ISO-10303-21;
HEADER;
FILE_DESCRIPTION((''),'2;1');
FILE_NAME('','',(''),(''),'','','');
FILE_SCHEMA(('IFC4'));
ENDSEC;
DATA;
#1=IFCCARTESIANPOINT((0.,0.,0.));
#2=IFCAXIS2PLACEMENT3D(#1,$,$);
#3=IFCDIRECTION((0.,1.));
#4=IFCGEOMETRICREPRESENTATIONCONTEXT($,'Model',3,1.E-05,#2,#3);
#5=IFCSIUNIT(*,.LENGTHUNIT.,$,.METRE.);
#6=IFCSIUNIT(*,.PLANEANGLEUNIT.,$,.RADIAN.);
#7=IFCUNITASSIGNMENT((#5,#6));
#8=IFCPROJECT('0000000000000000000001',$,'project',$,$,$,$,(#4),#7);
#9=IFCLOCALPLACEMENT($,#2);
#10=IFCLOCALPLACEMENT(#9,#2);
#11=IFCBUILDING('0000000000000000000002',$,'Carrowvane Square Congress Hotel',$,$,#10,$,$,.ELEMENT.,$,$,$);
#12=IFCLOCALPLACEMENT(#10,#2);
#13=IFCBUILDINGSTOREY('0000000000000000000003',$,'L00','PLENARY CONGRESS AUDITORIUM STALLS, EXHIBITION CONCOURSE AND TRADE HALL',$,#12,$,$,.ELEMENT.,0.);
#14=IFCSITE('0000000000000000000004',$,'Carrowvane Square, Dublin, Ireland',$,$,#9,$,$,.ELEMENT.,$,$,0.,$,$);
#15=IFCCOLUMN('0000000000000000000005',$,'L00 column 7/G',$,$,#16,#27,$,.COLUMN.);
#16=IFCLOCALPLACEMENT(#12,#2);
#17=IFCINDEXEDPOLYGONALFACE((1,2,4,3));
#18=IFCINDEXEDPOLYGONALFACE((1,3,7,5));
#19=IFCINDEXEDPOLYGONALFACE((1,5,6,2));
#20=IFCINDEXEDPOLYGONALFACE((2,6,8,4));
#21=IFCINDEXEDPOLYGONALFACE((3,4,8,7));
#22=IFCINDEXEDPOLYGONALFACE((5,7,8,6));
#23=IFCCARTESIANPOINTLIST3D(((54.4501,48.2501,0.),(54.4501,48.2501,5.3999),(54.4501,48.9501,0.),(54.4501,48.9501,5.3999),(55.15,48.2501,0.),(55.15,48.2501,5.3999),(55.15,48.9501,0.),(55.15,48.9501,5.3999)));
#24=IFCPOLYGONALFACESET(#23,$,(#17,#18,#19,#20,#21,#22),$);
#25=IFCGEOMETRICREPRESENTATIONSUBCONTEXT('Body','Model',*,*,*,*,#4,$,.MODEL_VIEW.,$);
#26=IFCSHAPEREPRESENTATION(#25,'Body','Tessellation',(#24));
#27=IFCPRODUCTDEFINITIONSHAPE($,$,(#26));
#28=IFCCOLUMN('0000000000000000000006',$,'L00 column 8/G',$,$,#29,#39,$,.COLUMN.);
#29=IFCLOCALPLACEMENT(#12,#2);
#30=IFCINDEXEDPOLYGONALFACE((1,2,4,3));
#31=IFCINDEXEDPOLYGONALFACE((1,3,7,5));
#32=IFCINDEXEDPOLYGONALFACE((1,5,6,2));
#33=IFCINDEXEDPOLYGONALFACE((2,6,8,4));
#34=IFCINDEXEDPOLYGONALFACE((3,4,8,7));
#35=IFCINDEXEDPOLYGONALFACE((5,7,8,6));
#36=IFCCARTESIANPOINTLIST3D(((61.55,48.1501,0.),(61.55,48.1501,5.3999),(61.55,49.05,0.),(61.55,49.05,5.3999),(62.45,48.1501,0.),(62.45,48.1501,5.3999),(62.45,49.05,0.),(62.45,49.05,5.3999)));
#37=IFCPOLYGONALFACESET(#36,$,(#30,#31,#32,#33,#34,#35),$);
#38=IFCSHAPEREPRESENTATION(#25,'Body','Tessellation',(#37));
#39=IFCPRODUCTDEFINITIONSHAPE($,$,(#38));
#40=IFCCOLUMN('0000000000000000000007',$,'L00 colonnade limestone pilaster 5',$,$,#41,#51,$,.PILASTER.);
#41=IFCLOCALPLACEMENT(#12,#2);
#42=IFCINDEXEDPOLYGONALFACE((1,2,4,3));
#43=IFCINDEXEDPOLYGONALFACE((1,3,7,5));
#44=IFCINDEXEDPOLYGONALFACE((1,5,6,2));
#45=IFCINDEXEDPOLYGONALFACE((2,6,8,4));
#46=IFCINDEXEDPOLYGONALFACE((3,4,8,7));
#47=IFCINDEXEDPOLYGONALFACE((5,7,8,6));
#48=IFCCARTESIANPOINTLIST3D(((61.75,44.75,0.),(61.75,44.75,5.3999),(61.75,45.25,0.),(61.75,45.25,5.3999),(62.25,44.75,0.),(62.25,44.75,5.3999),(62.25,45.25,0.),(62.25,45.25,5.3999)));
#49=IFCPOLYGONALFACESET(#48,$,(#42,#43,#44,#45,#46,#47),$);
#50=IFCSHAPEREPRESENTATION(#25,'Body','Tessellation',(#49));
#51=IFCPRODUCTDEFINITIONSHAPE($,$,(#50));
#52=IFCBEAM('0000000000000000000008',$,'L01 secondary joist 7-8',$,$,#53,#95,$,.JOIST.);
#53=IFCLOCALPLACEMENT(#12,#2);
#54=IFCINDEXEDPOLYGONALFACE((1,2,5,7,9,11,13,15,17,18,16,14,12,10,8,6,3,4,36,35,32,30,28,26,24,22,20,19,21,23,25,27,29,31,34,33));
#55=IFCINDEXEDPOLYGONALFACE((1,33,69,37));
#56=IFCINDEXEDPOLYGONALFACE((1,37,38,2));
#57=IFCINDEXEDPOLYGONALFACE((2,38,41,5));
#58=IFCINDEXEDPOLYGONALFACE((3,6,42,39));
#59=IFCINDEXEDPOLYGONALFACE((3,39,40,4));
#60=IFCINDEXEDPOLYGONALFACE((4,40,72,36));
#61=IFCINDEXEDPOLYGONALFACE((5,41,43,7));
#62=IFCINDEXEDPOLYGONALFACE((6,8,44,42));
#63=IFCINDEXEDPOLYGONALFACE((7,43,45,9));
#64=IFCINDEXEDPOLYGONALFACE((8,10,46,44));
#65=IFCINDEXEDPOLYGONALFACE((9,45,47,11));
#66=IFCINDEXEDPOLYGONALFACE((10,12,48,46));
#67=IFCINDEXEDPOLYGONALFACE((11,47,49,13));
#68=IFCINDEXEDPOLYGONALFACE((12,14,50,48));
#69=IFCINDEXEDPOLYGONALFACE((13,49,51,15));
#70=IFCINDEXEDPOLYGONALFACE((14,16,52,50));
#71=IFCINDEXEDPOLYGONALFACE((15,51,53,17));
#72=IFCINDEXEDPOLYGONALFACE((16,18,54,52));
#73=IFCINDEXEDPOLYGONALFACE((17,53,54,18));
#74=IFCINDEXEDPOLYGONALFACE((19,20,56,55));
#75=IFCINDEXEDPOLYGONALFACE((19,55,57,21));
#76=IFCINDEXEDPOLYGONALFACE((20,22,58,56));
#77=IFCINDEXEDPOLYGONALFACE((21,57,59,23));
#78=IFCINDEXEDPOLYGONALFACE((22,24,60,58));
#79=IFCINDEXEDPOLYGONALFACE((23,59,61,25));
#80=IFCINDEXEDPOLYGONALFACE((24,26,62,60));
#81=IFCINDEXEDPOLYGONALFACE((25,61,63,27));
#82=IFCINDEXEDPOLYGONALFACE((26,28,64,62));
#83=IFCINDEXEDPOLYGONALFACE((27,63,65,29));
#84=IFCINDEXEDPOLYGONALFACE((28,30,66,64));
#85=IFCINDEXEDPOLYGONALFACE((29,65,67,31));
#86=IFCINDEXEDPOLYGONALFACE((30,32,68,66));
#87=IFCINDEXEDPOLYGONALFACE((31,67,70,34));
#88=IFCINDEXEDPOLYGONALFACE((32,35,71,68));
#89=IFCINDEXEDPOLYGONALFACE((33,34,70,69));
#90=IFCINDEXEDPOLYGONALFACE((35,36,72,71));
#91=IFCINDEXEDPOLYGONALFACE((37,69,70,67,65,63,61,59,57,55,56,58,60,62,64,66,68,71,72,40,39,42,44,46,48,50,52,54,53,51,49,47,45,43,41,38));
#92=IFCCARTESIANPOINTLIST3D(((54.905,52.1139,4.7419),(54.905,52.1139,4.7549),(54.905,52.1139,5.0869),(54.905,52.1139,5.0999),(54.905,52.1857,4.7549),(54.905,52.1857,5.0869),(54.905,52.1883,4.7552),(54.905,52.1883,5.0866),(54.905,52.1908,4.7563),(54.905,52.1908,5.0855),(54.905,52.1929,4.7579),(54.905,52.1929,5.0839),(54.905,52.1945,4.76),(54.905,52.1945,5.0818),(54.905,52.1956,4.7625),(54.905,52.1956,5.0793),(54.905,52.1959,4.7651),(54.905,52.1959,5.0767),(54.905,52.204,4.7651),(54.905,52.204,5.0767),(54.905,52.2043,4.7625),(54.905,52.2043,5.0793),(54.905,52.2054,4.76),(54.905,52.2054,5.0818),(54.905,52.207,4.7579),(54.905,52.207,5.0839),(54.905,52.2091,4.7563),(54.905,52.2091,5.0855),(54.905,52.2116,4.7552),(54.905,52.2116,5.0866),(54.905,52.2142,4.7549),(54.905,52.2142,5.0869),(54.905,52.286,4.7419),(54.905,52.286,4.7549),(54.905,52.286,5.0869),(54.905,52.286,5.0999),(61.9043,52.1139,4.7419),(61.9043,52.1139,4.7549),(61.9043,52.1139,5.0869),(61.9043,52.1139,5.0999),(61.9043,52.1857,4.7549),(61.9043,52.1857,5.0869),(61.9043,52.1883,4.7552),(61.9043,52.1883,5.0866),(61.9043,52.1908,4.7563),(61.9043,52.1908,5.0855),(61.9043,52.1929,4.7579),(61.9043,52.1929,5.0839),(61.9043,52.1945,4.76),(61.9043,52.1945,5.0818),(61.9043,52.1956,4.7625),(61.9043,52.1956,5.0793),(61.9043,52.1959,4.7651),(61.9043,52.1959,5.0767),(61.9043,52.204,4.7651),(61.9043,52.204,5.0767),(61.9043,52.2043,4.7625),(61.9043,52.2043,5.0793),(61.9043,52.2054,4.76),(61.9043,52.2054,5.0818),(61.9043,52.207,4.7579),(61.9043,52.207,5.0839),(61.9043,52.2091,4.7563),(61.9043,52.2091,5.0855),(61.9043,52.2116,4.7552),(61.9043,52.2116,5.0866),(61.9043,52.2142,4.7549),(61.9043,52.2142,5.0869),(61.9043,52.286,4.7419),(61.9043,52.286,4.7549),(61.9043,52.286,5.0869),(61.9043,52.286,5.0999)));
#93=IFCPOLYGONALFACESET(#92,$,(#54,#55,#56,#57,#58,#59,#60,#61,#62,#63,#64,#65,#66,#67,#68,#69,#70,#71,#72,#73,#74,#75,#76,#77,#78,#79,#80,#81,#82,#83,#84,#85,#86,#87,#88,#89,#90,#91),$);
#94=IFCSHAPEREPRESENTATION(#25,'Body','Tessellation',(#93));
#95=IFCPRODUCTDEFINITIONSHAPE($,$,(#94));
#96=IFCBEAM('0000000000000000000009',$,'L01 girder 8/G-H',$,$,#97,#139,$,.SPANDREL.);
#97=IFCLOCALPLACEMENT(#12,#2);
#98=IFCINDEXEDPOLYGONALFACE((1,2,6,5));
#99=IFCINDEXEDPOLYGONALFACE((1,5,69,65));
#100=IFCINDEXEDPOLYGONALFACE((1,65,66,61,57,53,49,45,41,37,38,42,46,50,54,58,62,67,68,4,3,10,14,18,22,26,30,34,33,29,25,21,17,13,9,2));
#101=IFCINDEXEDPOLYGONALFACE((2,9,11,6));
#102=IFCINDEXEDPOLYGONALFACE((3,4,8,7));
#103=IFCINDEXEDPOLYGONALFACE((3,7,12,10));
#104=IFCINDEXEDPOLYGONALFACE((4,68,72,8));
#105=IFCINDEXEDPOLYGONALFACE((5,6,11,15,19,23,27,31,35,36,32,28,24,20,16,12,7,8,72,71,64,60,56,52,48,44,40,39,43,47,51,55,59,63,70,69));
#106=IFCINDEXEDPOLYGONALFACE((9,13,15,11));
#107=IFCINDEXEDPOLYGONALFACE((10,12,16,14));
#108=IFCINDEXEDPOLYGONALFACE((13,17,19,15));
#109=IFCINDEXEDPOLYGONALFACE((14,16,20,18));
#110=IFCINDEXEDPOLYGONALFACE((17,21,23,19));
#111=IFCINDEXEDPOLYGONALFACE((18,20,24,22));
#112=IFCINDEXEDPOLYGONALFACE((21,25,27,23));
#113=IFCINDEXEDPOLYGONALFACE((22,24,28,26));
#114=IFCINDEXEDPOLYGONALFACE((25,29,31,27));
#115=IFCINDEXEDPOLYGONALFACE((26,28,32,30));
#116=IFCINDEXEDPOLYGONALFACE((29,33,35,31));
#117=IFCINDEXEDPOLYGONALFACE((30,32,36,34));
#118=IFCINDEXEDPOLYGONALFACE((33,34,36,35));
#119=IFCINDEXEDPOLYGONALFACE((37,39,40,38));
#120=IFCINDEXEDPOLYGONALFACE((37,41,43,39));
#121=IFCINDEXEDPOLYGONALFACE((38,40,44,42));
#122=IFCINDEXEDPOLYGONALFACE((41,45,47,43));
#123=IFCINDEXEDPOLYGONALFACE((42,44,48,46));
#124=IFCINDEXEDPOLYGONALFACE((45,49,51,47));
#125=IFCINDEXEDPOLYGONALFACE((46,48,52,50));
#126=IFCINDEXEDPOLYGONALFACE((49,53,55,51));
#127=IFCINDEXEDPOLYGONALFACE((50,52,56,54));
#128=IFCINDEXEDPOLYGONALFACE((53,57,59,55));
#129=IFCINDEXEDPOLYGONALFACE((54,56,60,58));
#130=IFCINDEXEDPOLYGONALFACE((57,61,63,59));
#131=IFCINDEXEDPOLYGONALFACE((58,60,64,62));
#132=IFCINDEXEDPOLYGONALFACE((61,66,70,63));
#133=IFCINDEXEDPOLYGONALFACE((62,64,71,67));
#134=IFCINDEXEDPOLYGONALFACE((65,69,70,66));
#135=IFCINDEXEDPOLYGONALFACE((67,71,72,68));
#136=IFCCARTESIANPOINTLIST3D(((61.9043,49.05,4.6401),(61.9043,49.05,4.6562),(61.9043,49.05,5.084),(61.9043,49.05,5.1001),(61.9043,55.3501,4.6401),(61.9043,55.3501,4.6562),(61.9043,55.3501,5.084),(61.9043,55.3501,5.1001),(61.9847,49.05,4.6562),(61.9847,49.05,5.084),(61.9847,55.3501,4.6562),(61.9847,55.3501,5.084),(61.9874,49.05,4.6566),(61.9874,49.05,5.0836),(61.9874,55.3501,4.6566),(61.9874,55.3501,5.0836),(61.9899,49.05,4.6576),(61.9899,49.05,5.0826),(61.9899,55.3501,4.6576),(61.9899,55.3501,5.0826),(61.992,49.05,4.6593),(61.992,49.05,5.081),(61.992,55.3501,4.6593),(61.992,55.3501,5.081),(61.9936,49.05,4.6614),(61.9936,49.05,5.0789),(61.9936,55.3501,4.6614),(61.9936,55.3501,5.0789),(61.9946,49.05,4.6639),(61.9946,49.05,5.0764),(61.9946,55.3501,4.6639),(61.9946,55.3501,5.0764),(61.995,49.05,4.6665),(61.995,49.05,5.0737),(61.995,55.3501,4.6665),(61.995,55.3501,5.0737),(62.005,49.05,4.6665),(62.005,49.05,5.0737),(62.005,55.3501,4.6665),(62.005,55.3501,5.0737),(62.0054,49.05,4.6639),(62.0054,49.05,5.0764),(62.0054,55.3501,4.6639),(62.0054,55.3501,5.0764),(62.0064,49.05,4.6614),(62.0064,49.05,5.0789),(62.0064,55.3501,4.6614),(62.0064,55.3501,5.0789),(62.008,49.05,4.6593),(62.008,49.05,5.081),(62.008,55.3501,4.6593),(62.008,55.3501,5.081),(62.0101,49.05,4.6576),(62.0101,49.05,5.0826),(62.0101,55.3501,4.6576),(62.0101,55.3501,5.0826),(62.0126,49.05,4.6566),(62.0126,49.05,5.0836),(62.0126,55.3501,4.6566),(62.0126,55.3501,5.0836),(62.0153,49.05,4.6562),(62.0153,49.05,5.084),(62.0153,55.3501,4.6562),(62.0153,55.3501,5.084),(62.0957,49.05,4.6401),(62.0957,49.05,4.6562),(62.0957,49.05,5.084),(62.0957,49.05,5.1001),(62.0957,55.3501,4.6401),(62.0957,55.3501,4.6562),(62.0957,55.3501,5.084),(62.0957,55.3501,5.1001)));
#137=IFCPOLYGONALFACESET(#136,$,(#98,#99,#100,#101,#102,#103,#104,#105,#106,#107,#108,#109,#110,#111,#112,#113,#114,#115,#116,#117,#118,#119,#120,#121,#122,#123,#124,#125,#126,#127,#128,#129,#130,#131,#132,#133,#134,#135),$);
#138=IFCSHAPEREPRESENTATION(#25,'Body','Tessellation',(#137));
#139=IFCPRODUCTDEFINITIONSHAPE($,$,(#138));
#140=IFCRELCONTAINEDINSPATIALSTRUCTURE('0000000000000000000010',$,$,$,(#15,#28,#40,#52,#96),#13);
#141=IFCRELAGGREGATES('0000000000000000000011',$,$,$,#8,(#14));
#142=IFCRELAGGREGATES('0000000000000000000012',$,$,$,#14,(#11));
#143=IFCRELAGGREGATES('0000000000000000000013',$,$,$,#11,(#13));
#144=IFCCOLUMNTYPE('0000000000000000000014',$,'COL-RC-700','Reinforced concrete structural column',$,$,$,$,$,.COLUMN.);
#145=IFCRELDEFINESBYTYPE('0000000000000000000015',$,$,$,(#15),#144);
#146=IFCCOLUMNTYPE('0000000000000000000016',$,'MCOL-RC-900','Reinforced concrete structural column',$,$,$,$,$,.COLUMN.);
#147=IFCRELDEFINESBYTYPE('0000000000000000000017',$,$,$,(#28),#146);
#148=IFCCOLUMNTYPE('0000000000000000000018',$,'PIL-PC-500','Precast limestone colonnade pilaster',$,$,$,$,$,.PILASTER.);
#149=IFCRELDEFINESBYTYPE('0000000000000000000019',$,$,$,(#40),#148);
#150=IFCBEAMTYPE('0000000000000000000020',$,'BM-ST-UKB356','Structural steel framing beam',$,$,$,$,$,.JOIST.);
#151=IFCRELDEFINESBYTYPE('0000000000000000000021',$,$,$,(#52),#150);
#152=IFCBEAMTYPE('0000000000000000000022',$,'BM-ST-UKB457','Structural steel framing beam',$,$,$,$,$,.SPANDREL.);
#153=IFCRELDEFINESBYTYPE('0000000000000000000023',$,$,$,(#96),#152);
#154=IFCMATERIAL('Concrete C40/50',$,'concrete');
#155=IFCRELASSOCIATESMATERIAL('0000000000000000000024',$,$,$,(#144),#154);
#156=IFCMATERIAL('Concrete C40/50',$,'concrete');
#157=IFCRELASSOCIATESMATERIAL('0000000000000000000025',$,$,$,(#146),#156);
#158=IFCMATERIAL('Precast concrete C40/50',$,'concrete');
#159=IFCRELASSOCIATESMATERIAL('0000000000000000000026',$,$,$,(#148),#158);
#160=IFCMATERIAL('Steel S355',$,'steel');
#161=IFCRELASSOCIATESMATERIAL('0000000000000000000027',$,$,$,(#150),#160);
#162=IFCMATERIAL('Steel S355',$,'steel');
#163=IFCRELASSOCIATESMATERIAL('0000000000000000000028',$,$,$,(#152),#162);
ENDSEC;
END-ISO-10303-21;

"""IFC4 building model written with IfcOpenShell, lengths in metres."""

from ifc_helpers import new_model, si_unit, direction, frame, origin, origin_2d, place, context, subcontext, project, spatial, rectangle, i_section, extrude, material, material_profile, profile_set, type_object, element, save


model = new_model("IFC4")

# Units and contexts
model_context = context("Model", 3, precision=1e-05, world=origin(), true_north=direction((0.0, 1.0)))
body_context = subcontext(model_context, "Body", "Model", "MODEL_VIEW")
ifc_project = project(units=[si_unit("LENGTHUNIT", "METRE"), si_unit("PLANEANGLEUNIT", "RADIAN")], contexts=[model_context])

# Site, building, storey
site_placement = place(None, origin())
site = spatial("IfcSite", under=ifc_project, at=site_placement, Name="Carrowvane Square, Dublin, Ireland", CompositionType="ELEMENT", RefElevation=0.0)
building_placement = place(site_placement, origin())
building = spatial("IfcBuilding", under=site, at=building_placement, Name="Carrowvane Square Congress Hotel", CompositionType="ELEMENT")
storey_placement = place(building_placement, origin())
storey = spatial("IfcBuildingStorey", under=building, at=storey_placement, Name="L00", Description="PLENARY CONGRESS AUDITORIUM STALLS, EXHIBITION CONCOURSE AND TRADE HALL", CompositionType="ELEMENT", Elevation=0.0)

# Columns
ifc_material_1 = material(Name="Concrete C40/50", Category="concrete")
ifc_material_profile_1 = material_profile(ifc_material_1, rectangle(XDim=0.7, YDim=0.7, at=origin_2d()), Name="RC 700x700")
ifc_profile_set_1 = profile_set([ifc_material_profile_1], Name="Concrete C40/50")
column_type_1 = type_object("IfcColumnType", Name="COL-RC-700", Description="Reinforced concrete structural column", PredefinedType="COLUMN", material=ifc_profile_set_1)
column_1_placement = place(storey_placement, frame((54.8, 48.6001, 0.0), z_axis=(0.0, 0.0, 1.0), x_axis=(1.0, 0.0, 0.0)))
element("IfcColumn", 1, at=column_1_placement, inside=storey, type_object=column_type_1, Name="L00 column 7/G", PredefinedType="COLUMN", context=body_context, shape_type="SweptSolid", body=[
    extrude(rectangle(XDim=0.7, YDim=0.7, at=origin_2d()), origin(), (0.0, 0.0, 1.0), 5.3999),
])
ifc_material_2 = material(Name="Concrete C40/50", Category="concrete")
ifc_material_profile_2 = material_profile(ifc_material_2, rectangle(XDim=0.8999, YDim=0.8999, at=origin_2d()), Name="RC 900x900")
ifc_profile_set_2 = profile_set([ifc_material_profile_2], Name="Concrete C40/50")
column_type_2 = type_object("IfcColumnType", Name="MCOL-RC-900", Description="Reinforced concrete structural column", PredefinedType="COLUMN", material=ifc_profile_set_2)
column_2_placement = place(storey_placement, frame((62.0, 48.6001, 0.0), z_axis=(0.0, 0.0, 1.0), x_axis=(1.0, 0.0, 0.0)))
element("IfcColumn", 2, at=column_2_placement, inside=storey, type_object=column_type_2, Name="L00 column 8/G", PredefinedType="COLUMN", context=body_context, shape_type="SweptSolid", body=[
    extrude(rectangle(XDim=0.8999, YDim=0.8999, at=origin_2d()), origin(), (0.0, 0.0, 1.0), 5.3999),
])
ifc_material_3 = material(Name="Precast concrete C40/50", Category="concrete")
ifc_material_profile_3 = material_profile(ifc_material_3, rectangle(XDim=0.5, YDim=0.5, at=origin_2d()), Name="RC 500x500")
ifc_profile_set_3 = profile_set([ifc_material_profile_3], Name="Precast concrete C40/50")
column_type_3 = type_object("IfcColumnType", Name="PIL-PC-500", Description="Precast limestone colonnade pilaster", PredefinedType="PILASTER", material=ifc_profile_set_3)
column_3_placement = place(storey_placement, frame((62.0, 45.0, 0.0), z_axis=(0.0, 0.0, 1.0), x_axis=(1.0, 0.0, 0.0)))
element("IfcColumn", 3, at=column_3_placement, inside=storey, type_object=column_type_3, Name="L00 colonnade limestone pilaster 5", PredefinedType="PILASTER", context=body_context, shape_type="SweptSolid", body=[
    extrude(rectangle(XDim=0.5, YDim=0.5, at=origin_2d()), origin(), (0.0, 0.0, 1.0), 5.3999),
])

# Beams
ifc_material_4 = material(Name="Steel S355", Category="steel")
ifc_material_profile_4 = material_profile(ifc_material_4, i_section(OverallWidth=0.1721, OverallDepth=0.3579, WebThickness=0.0081, FlangeThickness=0.0129, FilletRadius=0.0103, at=origin_2d()), Name="UKB 356x171x57")
ifc_profile_set_4 = profile_set([ifc_material_profile_4], Name="Steel S355")
beam_type_1 = type_object("IfcBeamType", Name="BM-ST-UKB356", Description="Structural steel framing beam", PredefinedType="JOIST", material=ifc_profile_set_4)
beam_1_placement = place(storey_placement, frame((54.905, 52.2, 4.9209), z_axis=(1.0, 0.0, 0.0), x_axis=(0.0, 1.0, 0.0)))
element("IfcBeam", 4, at=beam_1_placement, inside=storey, type_object=beam_type_1, Name="L01 secondary joist 7-8", PredefinedType="JOIST", context=body_context, shape_type="SweptSolid", body=[
    extrude(i_section(OverallWidth=0.1721, OverallDepth=0.3579, WebThickness=0.0081, FlangeThickness=0.0129, FilletRadius=0.0103, at=origin_2d()), origin(), (0.0, 0.0, 1.0), 6.9993),
])
ifc_material_5 = material(Name="Steel S355", Category="steel")
ifc_material_profile_5 = material_profile(ifc_material_5, i_section(OverallWidth=0.1914, OverallDepth=0.46, WebThickness=0.01, FlangeThickness=0.0161, FilletRadius=0.0103, at=origin_2d()), Name="UKB 457x191x82")
ifc_profile_set_5 = profile_set([ifc_material_profile_5], Name="Steel S355")
beam_type_2 = type_object("IfcBeamType", Name="BM-ST-UKB457", Description="Structural steel framing beam", PredefinedType="SPANDREL", material=ifc_profile_set_5)
beam_2_placement = place(storey_placement, frame((62.0, 49.05, 4.8701), z_axis=(0.0, 1.0, 0.0), x_axis=(-1.0, 0.0, 0.0)))
element("IfcBeam", 5, at=beam_2_placement, inside=storey, type_object=beam_type_2, Name="L01 girder 8/G-H", PredefinedType="SPANDREL", context=body_context, shape_type="SweptSolid", body=[
    extrude(i_section(OverallWidth=0.1914, OverallDepth=0.46, WebThickness=0.01, FlangeThickness=0.0161, FilletRadius=0.0103, at=origin_2d()), origin(), (0.0, 0.0, 1.0), 6.3),
])

save(model, "model.ifc")
